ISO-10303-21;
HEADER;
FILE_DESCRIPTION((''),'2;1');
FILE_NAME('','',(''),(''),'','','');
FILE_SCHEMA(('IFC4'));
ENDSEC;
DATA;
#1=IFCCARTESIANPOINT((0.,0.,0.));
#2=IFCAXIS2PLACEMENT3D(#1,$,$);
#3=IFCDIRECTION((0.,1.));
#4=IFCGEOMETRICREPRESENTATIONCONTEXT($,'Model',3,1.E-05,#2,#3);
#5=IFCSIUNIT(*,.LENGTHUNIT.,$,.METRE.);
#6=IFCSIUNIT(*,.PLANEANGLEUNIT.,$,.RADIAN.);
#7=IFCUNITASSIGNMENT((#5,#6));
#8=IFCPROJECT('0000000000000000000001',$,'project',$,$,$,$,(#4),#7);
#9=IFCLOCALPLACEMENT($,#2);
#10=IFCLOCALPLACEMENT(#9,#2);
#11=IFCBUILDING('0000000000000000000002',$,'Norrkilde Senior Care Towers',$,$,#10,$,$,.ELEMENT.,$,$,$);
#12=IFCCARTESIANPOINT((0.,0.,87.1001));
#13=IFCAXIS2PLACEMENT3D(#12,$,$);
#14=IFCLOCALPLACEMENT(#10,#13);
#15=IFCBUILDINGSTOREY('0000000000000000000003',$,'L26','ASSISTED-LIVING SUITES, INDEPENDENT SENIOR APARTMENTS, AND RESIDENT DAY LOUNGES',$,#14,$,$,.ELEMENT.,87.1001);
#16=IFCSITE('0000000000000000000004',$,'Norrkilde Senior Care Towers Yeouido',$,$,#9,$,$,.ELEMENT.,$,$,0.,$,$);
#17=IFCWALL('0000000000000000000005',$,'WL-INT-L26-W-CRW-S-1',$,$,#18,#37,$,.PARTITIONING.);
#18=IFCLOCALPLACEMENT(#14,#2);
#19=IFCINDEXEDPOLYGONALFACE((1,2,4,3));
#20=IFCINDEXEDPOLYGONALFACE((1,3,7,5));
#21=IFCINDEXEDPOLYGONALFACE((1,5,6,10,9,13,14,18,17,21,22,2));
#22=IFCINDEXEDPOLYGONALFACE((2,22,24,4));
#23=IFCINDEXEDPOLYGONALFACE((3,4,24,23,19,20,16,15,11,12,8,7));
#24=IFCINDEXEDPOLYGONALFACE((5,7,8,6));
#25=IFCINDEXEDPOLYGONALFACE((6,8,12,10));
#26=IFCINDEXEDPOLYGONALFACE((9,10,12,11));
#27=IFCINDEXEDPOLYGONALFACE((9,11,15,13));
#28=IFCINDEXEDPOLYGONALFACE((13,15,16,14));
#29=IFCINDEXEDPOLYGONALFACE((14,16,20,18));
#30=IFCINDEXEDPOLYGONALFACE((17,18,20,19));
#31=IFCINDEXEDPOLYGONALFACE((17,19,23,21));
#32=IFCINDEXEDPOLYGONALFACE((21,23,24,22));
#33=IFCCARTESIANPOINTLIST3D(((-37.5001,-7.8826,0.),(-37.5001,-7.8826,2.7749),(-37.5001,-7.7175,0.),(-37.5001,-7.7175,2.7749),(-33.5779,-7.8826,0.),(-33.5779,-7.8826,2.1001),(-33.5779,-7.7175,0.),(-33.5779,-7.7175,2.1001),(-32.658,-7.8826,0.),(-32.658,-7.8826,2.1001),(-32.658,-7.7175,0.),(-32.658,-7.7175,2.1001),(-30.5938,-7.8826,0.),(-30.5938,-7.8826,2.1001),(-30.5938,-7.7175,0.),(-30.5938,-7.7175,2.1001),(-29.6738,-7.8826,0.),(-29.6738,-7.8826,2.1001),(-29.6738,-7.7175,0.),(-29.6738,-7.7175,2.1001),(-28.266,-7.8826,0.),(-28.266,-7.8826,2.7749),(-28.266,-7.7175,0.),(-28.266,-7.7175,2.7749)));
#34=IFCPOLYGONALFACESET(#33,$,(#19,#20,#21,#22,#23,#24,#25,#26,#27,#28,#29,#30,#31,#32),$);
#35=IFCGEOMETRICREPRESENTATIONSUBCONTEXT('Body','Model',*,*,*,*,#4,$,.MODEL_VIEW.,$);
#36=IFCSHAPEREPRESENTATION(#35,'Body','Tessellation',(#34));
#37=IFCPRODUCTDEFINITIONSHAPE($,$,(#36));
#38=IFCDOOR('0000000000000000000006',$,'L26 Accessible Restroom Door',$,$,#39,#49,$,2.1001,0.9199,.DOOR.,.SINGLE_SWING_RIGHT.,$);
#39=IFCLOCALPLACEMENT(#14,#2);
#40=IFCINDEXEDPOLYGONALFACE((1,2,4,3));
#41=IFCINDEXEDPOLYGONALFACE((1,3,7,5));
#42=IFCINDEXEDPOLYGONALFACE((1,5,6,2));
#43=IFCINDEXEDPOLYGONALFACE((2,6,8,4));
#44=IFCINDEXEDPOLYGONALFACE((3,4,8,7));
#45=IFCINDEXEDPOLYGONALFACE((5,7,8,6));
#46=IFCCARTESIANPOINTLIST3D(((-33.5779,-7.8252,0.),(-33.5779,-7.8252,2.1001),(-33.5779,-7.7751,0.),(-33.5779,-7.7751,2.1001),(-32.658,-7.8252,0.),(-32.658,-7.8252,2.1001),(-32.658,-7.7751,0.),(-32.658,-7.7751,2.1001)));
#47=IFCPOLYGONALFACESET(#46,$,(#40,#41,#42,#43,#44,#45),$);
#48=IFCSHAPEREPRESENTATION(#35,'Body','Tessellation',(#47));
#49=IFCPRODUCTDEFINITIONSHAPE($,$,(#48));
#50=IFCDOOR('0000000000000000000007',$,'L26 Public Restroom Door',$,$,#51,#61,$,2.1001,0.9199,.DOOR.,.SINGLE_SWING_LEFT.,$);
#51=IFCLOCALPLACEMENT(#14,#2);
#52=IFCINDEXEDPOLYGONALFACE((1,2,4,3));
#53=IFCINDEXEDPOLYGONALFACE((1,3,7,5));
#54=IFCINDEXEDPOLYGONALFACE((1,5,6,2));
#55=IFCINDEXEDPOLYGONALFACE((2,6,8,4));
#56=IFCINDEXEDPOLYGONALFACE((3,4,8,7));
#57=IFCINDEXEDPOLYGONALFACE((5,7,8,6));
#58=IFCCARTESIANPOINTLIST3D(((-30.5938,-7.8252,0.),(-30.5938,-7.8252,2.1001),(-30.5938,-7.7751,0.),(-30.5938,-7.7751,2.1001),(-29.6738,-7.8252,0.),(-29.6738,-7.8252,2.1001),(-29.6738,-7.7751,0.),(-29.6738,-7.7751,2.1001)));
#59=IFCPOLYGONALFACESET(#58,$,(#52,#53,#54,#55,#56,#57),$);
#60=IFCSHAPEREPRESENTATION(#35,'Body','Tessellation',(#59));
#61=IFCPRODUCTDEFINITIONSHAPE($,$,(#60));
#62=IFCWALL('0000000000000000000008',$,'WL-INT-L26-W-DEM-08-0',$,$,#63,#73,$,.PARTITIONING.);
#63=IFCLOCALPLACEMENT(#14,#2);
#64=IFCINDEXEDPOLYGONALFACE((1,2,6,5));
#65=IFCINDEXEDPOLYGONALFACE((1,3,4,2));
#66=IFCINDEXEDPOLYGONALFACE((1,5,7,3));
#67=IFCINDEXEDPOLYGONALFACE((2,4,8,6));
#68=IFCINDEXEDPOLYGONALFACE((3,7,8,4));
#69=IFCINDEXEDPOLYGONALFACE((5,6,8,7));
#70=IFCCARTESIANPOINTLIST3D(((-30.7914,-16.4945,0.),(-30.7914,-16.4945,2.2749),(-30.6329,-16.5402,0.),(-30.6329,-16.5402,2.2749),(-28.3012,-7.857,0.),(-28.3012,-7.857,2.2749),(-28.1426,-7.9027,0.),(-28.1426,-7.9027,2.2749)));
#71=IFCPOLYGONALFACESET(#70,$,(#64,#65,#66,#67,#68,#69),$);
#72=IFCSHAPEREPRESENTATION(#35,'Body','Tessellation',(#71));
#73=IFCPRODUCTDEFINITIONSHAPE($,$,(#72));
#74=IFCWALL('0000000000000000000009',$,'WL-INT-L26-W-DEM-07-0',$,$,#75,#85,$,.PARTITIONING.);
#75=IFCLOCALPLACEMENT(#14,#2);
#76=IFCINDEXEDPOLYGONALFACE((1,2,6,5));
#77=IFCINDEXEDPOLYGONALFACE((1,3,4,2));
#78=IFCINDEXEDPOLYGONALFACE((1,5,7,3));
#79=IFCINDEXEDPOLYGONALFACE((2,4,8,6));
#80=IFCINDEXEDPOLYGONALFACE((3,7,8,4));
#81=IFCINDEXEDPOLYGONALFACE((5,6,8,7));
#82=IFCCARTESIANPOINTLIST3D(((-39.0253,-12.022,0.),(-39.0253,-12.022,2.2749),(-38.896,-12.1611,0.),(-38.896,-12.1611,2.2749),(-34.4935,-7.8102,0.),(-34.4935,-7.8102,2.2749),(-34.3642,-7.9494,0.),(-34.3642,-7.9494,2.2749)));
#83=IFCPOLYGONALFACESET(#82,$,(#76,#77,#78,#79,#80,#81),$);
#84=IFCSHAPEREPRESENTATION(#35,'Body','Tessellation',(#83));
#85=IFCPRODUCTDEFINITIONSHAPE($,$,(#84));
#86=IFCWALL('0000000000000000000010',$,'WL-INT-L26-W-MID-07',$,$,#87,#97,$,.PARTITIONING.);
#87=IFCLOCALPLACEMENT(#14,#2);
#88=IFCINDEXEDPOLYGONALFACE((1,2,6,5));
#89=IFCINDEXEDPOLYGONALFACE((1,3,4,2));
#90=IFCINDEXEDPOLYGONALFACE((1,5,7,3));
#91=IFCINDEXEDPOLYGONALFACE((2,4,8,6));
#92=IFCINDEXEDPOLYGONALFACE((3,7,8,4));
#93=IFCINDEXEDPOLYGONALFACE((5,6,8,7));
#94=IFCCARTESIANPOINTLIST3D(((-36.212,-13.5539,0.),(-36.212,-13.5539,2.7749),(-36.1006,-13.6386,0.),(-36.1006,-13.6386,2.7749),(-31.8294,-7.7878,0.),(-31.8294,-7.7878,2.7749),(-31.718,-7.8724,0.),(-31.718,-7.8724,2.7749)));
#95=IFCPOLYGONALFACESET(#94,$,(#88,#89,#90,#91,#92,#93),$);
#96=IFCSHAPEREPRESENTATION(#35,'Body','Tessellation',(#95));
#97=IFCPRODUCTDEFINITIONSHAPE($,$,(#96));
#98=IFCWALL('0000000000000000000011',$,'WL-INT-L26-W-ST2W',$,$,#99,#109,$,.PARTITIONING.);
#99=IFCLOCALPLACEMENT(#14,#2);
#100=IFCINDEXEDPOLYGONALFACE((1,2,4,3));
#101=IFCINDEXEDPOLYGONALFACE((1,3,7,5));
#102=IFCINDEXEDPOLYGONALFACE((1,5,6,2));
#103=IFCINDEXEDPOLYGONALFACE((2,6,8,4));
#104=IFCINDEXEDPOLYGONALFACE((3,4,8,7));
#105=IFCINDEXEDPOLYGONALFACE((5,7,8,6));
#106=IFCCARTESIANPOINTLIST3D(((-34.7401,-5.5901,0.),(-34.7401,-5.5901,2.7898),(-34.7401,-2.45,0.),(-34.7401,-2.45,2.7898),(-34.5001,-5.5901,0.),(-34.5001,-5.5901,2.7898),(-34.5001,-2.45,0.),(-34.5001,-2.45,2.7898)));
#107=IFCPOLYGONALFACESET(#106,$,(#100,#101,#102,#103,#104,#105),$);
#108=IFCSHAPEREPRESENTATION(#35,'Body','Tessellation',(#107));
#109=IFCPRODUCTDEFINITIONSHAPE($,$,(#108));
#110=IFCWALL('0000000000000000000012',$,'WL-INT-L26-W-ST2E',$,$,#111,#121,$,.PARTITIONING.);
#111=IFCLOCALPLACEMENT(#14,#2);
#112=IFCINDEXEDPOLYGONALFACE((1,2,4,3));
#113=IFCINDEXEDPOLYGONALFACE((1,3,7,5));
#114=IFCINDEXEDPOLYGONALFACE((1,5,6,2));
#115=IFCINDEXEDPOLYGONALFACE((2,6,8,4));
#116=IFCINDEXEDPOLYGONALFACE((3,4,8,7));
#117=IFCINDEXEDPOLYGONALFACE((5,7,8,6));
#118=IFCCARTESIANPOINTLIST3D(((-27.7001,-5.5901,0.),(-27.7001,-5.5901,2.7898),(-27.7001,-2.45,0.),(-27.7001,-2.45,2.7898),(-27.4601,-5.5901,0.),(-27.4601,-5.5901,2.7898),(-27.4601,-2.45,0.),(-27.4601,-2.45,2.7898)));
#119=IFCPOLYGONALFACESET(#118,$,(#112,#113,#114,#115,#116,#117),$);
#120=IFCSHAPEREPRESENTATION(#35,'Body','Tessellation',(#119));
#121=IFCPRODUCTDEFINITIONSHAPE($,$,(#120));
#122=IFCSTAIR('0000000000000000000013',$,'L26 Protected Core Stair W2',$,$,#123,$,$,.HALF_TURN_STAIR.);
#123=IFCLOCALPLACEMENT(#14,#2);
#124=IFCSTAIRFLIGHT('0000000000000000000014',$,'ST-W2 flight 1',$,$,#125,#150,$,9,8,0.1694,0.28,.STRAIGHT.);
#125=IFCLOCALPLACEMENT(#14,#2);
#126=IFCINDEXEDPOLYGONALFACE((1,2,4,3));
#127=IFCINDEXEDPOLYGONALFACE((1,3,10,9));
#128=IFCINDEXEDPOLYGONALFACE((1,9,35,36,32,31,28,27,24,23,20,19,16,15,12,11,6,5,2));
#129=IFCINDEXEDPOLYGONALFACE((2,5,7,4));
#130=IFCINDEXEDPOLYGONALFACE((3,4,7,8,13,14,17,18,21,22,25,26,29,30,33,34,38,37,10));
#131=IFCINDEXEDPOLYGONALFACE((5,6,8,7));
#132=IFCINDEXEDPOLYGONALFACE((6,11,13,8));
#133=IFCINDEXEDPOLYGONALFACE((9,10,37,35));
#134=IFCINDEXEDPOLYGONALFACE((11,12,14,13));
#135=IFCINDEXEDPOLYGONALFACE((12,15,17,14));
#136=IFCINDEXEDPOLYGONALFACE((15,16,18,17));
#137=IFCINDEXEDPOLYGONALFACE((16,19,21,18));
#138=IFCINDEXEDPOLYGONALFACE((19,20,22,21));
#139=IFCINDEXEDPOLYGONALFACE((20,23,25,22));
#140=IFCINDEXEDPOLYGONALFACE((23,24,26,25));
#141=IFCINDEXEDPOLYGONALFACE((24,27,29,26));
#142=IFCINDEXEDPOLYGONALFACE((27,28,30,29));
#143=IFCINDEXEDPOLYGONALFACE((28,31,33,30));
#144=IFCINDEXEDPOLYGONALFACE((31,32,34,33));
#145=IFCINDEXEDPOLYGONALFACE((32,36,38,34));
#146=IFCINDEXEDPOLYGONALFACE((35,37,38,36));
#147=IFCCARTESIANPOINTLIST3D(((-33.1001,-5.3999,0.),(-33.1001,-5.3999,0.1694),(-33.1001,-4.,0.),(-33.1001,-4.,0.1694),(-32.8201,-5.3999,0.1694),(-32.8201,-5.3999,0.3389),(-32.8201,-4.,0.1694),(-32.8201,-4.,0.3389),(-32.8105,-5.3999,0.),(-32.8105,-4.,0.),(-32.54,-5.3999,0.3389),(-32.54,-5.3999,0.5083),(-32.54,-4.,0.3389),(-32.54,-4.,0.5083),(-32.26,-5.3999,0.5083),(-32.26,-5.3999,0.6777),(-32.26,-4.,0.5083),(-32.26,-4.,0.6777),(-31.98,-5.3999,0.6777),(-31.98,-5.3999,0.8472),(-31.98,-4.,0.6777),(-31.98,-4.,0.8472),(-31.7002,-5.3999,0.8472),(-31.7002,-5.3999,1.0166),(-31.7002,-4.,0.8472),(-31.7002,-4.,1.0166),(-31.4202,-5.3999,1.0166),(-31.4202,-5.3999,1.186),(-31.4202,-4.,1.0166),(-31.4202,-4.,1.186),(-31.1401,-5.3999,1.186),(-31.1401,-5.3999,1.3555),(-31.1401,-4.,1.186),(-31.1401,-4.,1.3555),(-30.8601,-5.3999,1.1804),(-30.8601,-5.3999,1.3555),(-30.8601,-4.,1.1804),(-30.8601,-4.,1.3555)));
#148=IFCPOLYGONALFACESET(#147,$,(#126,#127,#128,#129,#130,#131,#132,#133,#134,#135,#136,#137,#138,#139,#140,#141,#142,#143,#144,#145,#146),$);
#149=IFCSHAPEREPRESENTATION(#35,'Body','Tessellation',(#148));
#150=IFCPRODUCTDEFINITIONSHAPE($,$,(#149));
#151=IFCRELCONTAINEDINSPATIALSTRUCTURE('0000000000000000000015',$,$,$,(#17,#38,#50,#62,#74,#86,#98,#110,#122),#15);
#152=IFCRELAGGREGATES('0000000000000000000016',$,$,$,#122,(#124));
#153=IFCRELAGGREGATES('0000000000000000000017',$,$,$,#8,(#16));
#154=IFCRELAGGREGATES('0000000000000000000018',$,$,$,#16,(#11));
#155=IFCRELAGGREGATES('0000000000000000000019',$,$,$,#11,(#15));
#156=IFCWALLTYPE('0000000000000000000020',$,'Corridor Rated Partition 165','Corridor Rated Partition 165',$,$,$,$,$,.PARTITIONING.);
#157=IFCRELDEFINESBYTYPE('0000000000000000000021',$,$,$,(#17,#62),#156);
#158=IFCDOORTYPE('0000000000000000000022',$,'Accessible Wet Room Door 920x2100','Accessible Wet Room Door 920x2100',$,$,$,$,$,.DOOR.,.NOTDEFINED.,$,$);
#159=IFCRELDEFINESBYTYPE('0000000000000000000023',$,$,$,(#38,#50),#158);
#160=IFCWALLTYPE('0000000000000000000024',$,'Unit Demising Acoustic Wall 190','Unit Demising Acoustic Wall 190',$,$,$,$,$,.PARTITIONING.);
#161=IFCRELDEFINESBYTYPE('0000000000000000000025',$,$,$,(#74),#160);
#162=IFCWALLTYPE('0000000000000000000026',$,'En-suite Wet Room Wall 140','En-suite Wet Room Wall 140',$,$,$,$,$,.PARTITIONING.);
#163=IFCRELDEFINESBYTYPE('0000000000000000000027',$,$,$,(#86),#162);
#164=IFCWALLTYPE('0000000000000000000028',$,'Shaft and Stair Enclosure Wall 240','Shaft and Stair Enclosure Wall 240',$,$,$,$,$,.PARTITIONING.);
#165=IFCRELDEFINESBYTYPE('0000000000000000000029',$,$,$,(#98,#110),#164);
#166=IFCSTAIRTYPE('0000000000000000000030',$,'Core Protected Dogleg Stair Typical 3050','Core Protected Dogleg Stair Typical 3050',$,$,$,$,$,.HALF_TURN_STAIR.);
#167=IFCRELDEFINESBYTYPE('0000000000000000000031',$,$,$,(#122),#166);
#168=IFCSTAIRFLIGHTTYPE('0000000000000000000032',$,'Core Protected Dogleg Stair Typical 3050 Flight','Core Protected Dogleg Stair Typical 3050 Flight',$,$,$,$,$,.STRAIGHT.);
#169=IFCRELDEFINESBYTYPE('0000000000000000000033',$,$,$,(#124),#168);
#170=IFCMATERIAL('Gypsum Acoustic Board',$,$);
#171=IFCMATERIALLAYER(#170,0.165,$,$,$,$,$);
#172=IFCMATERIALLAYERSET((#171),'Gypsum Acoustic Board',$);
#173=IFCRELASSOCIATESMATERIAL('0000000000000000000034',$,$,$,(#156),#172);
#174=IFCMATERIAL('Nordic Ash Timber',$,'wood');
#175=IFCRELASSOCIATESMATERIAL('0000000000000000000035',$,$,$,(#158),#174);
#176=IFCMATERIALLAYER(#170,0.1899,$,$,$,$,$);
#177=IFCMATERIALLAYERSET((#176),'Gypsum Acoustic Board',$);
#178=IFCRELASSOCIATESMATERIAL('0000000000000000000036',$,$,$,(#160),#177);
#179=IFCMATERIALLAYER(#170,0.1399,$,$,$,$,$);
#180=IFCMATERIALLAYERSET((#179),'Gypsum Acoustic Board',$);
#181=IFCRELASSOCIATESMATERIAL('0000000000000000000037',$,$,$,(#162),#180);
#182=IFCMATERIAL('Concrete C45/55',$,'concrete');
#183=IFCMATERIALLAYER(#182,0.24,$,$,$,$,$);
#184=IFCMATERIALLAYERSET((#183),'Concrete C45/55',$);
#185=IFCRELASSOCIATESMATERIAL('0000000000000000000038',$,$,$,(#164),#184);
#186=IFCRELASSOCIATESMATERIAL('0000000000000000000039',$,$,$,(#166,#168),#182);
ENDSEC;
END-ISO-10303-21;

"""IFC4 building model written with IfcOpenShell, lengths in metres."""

from ifc_helpers import new_model, si_unit, direction, frame, frame_2d, origin, place, context, subcontext, project, spatial, polyline, rectangle, outline, extrude, source, transform, mapped, material, layer, layer_set, type_object, type_shapes, element, fill, aggregate, save


model = new_model("IFC4")

# Units and contexts
model_context = context("Model", 3, precision=1e-05, world=origin(), true_north=direction((0.0, 1.0)))
body_context = subcontext(model_context, "Body", "Model", "MODEL_VIEW")
ifc_project = project(units=[si_unit("LENGTHUNIT", "METRE"), si_unit("PLANEANGLEUNIT", "RADIAN")], contexts=[model_context])

# Site, building, storey
site_placement = place(None, origin())
site = spatial("IfcSite", under=ifc_project, at=site_placement, Name="Norrkilde Senior Care Towers Yeouido", CompositionType="ELEMENT", RefElevation=0.0)
building_placement = place(site_placement, origin())
building = spatial("IfcBuilding", under=site, at=building_placement, Name="Norrkilde Senior Care Towers", CompositionType="ELEMENT")
storey_placement = place(building_placement, frame((0.0, 0.0, 87.1001)))
storey = spatial("IfcBuildingStorey", under=building, at=storey_placement, Name="L26", Description="ASSISTED-LIVING SUITES, INDEPENDENT SENIOR APARTMENTS, AND RESIDENT DAY LOUNGES", CompositionType="ELEMENT", Elevation=87.1001)

# Shared definitions
ifc_material_1 = material(Name="Concrete C45/55", Category="concrete")

# Wall, openings, doors
ifc_material_2 = material(Name="Gypsum Acoustic Board")
ifc_layer_1 = layer(ifc_material_2, 0.165)
ifc_layer_set_1 = layer_set([ifc_layer_1], Name="Gypsum Acoustic Board")
wall_type_1 = type_object("IfcWallType", Name="Corridor Rated Partition 165", Description="Corridor Rated Partition 165", PredefinedType="PARTITIONING", material=ifc_layer_set_1)
shared_shape_1 = source(origin(), body_context, "Body", "SweptSolid", [
    extrude(rectangle(XDim=9.2341, YDim=0.165, at=frame_2d((4.6172, 0.0))), origin(), (0.0, 0.0, 1.0), 2.7749),
])
wall_1_placement = place(storey_placement, frame((-28.2659, -7.8, 0.0), z_axis=(0.0, 0.0, 1.0), x_axis=(-1.0, 0.0, 0.0)))
wall_1 = element("IfcWall", 1, at=wall_1_placement, inside=storey, type_object=wall_type_1, Name="WL-INT-L26-W-CRW-S-1", PredefinedType="PARTITIONING", context=body_context, shape_type="MappedRepresentation", body=[
    mapped(shared_shape_1, transform((0.0, 0.0, 0.0), x_axis=(1.0, 0.0, 0.0), y_axis=(0.0, 1.0, 0.0), z_axis=(0.0, 0.0, 1.0), scale=1.0)),
])
opening_1_placement = place(wall_1_placement, frame((4.3921, 0.0, 0.0)))
opening_1 = element("IfcOpeningElement", 2, at=opening_1_placement, cuts=wall_1, PredefinedType="OPENING", context=body_context, shape_type="SweptSolid", body=[
    extrude(rectangle(XDim=0.9199, YDim=2.1001, at=frame_2d((0.46, 1.05))), frame((0.0, 0.0925, 0.0), z_axis=(0.0, -1.0, 0.0), x_axis=(1.0, 0.0, 0.0)), (0.0, 0.0, 1.0), 0.1851),
])
opening_2_placement = place(wall_1_placement, frame((1.408, 0.0, 0.0)))
opening_2 = element("IfcOpeningElement", 3, at=opening_2_placement, cuts=wall_1, PredefinedType="OPENING", context=body_context, shape_type="SweptSolid", body=[
    extrude(rectangle(XDim=0.9199, YDim=2.1001, at=frame_2d((0.46, 1.05))), frame((0.0, 0.0925, 0.0), z_axis=(0.0, -1.0, 0.0), x_axis=(1.0, 0.0, 0.0)), (0.0, 0.0, 1.0), 0.1851),
])
ifc_material_3 = material(Name="Nordic Ash Timber", Category="wood")
door_type_1 = type_object("IfcDoorType", Name="Accessible Wet Room Door 920x2100", Description="Accessible Wet Room Door 920x2100", OperationType="NOTDEFINED", PredefinedType="DOOR", material=ifc_material_3)
shared_shape_2 = source(origin(), body_context, "Body", "SweptSolid", [
    extrude(rectangle(XDim=0.9199, YDim=2.1001, at=frame_2d((0.46, 1.05))), frame((0.0, 0.0249, 0.0), z_axis=(0.0, -1.0, 0.0), x_axis=(1.0, 0.0, 0.0)), (0.0, 0.0, 1.0), 0.05),
])
type_shapes(door_type_1, [shared_shape_2])
door_1_placement = place(opening_1_placement, frame((0.9199, 0.0, 0.0), z_axis=(0.0, 0.0, 1.0), x_axis=(-1.0, 0.0, 0.0)))
door_1 = element("IfcDoor", 4, at=door_1_placement, inside=storey, type_object=door_type_1, Name="L26 Accessible Restroom Door", OperationType="SINGLE_SWING_RIGHT", OverallHeight=2.1001, OverallWidth=0.9199, PredefinedType="DOOR", context=body_context, shape_type="MappedRepresentation", body=[
    mapped(shared_shape_2, transform((0.0, 0.0, 0.0), x_axis=(1.0, 0.0, 0.0), y_axis=(0.0, 1.0, 0.0), z_axis=(0.0, 0.0, 1.0), scale=1.0)),
])
fill(opening_1, door_1)
door_2_placement = place(opening_2_placement, frame((0.9199, 0.0, 0.0), z_axis=(0.0, 0.0, 1.0), x_axis=(-1.0, 0.0, 0.0)))
door_2 = element("IfcDoor", 5, at=door_2_placement, inside=storey, type_object=door_type_1, Name="L26 Public Restroom Door", OperationType="SINGLE_SWING_LEFT", OverallHeight=2.1001, OverallWidth=0.9199, PredefinedType="DOOR", context=body_context, shape_type="MappedRepresentation", body=[
    mapped(shared_shape_2, transform((0.0, 0.0, 0.0), x_axis=(1.0, 0.0, 0.0), y_axis=(0.0, 1.0, 0.0), z_axis=(0.0, 0.0, 1.0), scale=1.0)),
])
fill(opening_2, door_2)

# Walls
shared_shape_3 = source(origin(), body_context, "Body", "SweptSolid", [
    extrude(rectangle(XDim=8.9893, YDim=0.165, at=frame_2d((4.4946, 0.0))), origin(), (0.0, 0.0, 1.0), 2.2749),
])
type_shapes(wall_type_1, [shared_shape_1, shared_shape_3])
wall_2_placement = place(storey_placement, frame((-28.2219, -7.8799, 0.0), z_axis=(0.0, 0.0, 1.0), x_axis=(-0.277023, -0.960863, 0.0)))
element("IfcWall", 6, at=wall_2_placement, inside=storey, type_object=wall_type_1, Name="WL-INT-L26-W-DEM-08-0", PredefinedType="PARTITIONING", context=body_context, shape_type="MappedRepresentation", body=[
    mapped(shared_shape_3, transform((0.0, 0.0, 0.0), x_axis=(1.0, 0.0, 0.0), y_axis=(0.0, 1.0, 0.0), z_axis=(0.0, 0.0, 1.0), scale=1.0)),
])
ifc_layer_2 = layer(ifc_material_2, 0.1899)
ifc_layer_set_2 = layer_set([ifc_layer_2], Name="Gypsum Acoustic Board")
wall_type_2 = type_object("IfcWallType", Name="Unit Demising Acoustic Wall 190", Description="Unit Demising Acoustic Wall 190", PredefinedType="PARTITIONING", material=ifc_layer_set_2)
shared_shape_4 = source(origin(), body_context, "Body", "SweptSolid", [
    extrude(rectangle(XDim=6.1868, YDim=0.1899, at=frame_2d((3.0933, 0.0))), origin(), (0.0, 0.0, 1.0), 2.2749),
])
type_shapes(wall_type_2, [shared_shape_4])
wall_3_placement = place(storey_placement, frame((-34.429, -7.8799, 0.0), z_axis=(0.0, 0.0, 1.0), x_axis=(-0.732501, -0.680766, 0.0)))
element("IfcWall", 7, at=wall_3_placement, inside=storey, type_object=wall_type_2, Name="WL-INT-L26-W-DEM-07-0", PredefinedType="PARTITIONING", context=body_context, shape_type="MappedRepresentation", body=[
    mapped(shared_shape_4, transform((0.0, 0.0, 0.0), x_axis=(1.0, 0.0, 0.0), y_axis=(0.0, 1.0, 0.0), z_axis=(0.0, 0.0, 1.0), scale=1.0)),
])
ifc_layer_3 = layer(ifc_material_2, 0.1399)
ifc_layer_set_3 = layer_set([ifc_layer_3], Name="Gypsum Acoustic Board")
wall_type_3 = type_object("IfcWallType", Name="En-suite Wet Room Wall 140", Description="En-suite Wet Room Wall 140", PredefinedType="PARTITIONING", material=ifc_layer_set_3)
shared_shape_5 = source(origin(), body_context, "Body", "SweptSolid", [
    extrude(rectangle(XDim=7.2427, YDim=0.1399, at=frame_2d((3.6213, 0.0))), origin(), (0.0, 0.0, 1.0), 2.7749),
])
type_shapes(wall_type_3, [shared_shape_5])
wall_4_placement = place(storey_placement, frame((-31.7737, -7.8301, 0.0), z_axis=(0.0, 0.0, 1.0), x_axis=(-0.605111, -0.796141, 0.0)))
element("IfcWall", 8, at=wall_4_placement, inside=storey, type_object=wall_type_3, Name="WL-INT-L26-W-MID-07", PredefinedType="PARTITIONING", context=body_context, shape_type="MappedRepresentation", body=[
    mapped(shared_shape_5, transform((0.0, 0.0, 0.0), x_axis=(1.0, 0.0, 0.0), y_axis=(0.0, 1.0, 0.0), z_axis=(0.0, 0.0, 1.0), scale=1.0)),
])
ifc_layer_4 = layer(ifc_material_1, 0.24)
ifc_layer_set_4 = layer_set([ifc_layer_4], Name="Concrete C45/55")
wall_type_4 = type_object("IfcWallType", Name="Shaft and Stair Enclosure Wall 240", Description="Shaft and Stair Enclosure Wall 240", PredefinedType="PARTITIONING", material=ifc_layer_set_4)
shared_shape_6 = source(origin(), body_context, "Body", "SweptSolid", [
    extrude(rectangle(XDim=3.1401, YDim=0.24, at=frame_2d((1.5701, 0.0))), origin(), (0.0, 0.0, 1.0), 2.7898),
])
type_shapes(wall_type_4, [shared_shape_6])
for number, where, z_axis, x_axis, name in (
    (9, (-34.6201, -5.5901, 0.0), (0.0, 0.0, 1.0), (0.0, 1.0, 0.0), "WL-INT-L26-W-ST2W"),
    (10, (-27.5801, -5.5901, 0.0), (0.0, 0.0, 1.0), (0.0, 1.0, 0.0), "WL-INT-L26-W-ST2E"),
):
    element("IfcWall", number, at=place(storey_placement, frame(where, z_axis=z_axis, x_axis=x_axis)), inside=storey, type_object=wall_type_4, Name=name, PredefinedType="PARTITIONING", context=body_context, shape_type="MappedRepresentation", body=[
        mapped(shared_shape_6, transform((0.0, 0.0, 0.0), x_axis=(1.0, 0.0, 0.0), y_axis=(0.0, 1.0, 0.0), z_axis=(0.0, 0.0, 1.0), scale=1.0)),
    ])

# Stair, stair flight
stair_type = type_object("IfcStairType", Name="Core Protected Dogleg Stair Typical 3050", Description="Core Protected Dogleg Stair Typical 3050", PredefinedType="HALF_TURN_STAIR", material=ifc_material_1)
stair_placement = place(storey_placement, origin())
stair = element("IfcStair", 11, at=stair_placement, inside=storey, type_object=stair_type, Name="L26 Protected Core Stair W2", PredefinedType="HALF_TURN_STAIR")
stair_flight_type = type_object("IfcStairFlightType", Name="Core Protected Dogleg Stair Typical 3050 Flight", Description="Core Protected Dogleg Stair Typical 3050 Flight", PredefinedType="STRAIGHT", material=ifc_material_1)
stair_flight_1_placement = place(storey_placement, frame((-33.1001, -4.7, 0.0), z_axis=(0.0, 0.0, 1.0), x_axis=(1.0, 0.0, 0.0)))
stair_flight_1 = element("IfcStairFlight", 12, at=stair_flight_1_placement, type_object=stair_flight_type, Name="ST-W2 flight 1", NumberOfRisers=9, NumberOfTreads=8, PredefinedType="STRAIGHT", RiserHeight=0.1694, TreadLength=0.28, context=body_context, shape_type="SweptSolid", body=[
    extrude(outline(polyline([(0.0, 0.0), (0.0, 0.1694), (0.28, 0.1694), (0.28, 0.3389), (0.5601, 0.3389), (0.5601, 0.5083), (0.8401, 0.5083), (0.8401, 0.6777), (1.1201, 0.6777), (1.1201, 0.8472), (1.3999, 0.8472), (1.3999, 1.0166), (1.6799, 1.0166), (1.6799, 1.186), (1.96, 1.186), (1.96, 1.3555), (2.24, 1.3555), (2.24, 1.5249), (2.24, 1.1804), (0.2896, 0.0), (0.0, 0.0)])), frame((0.0, 0.7, 0.0), z_axis=(0.0, -1.0, 0.0), x_axis=(1.0, 0.0, 0.0)), (0.0, 0.0, 1.0), 1.3999),
])
aggregate(stair, [stair_flight_1])

save(model, "model.ifc")
